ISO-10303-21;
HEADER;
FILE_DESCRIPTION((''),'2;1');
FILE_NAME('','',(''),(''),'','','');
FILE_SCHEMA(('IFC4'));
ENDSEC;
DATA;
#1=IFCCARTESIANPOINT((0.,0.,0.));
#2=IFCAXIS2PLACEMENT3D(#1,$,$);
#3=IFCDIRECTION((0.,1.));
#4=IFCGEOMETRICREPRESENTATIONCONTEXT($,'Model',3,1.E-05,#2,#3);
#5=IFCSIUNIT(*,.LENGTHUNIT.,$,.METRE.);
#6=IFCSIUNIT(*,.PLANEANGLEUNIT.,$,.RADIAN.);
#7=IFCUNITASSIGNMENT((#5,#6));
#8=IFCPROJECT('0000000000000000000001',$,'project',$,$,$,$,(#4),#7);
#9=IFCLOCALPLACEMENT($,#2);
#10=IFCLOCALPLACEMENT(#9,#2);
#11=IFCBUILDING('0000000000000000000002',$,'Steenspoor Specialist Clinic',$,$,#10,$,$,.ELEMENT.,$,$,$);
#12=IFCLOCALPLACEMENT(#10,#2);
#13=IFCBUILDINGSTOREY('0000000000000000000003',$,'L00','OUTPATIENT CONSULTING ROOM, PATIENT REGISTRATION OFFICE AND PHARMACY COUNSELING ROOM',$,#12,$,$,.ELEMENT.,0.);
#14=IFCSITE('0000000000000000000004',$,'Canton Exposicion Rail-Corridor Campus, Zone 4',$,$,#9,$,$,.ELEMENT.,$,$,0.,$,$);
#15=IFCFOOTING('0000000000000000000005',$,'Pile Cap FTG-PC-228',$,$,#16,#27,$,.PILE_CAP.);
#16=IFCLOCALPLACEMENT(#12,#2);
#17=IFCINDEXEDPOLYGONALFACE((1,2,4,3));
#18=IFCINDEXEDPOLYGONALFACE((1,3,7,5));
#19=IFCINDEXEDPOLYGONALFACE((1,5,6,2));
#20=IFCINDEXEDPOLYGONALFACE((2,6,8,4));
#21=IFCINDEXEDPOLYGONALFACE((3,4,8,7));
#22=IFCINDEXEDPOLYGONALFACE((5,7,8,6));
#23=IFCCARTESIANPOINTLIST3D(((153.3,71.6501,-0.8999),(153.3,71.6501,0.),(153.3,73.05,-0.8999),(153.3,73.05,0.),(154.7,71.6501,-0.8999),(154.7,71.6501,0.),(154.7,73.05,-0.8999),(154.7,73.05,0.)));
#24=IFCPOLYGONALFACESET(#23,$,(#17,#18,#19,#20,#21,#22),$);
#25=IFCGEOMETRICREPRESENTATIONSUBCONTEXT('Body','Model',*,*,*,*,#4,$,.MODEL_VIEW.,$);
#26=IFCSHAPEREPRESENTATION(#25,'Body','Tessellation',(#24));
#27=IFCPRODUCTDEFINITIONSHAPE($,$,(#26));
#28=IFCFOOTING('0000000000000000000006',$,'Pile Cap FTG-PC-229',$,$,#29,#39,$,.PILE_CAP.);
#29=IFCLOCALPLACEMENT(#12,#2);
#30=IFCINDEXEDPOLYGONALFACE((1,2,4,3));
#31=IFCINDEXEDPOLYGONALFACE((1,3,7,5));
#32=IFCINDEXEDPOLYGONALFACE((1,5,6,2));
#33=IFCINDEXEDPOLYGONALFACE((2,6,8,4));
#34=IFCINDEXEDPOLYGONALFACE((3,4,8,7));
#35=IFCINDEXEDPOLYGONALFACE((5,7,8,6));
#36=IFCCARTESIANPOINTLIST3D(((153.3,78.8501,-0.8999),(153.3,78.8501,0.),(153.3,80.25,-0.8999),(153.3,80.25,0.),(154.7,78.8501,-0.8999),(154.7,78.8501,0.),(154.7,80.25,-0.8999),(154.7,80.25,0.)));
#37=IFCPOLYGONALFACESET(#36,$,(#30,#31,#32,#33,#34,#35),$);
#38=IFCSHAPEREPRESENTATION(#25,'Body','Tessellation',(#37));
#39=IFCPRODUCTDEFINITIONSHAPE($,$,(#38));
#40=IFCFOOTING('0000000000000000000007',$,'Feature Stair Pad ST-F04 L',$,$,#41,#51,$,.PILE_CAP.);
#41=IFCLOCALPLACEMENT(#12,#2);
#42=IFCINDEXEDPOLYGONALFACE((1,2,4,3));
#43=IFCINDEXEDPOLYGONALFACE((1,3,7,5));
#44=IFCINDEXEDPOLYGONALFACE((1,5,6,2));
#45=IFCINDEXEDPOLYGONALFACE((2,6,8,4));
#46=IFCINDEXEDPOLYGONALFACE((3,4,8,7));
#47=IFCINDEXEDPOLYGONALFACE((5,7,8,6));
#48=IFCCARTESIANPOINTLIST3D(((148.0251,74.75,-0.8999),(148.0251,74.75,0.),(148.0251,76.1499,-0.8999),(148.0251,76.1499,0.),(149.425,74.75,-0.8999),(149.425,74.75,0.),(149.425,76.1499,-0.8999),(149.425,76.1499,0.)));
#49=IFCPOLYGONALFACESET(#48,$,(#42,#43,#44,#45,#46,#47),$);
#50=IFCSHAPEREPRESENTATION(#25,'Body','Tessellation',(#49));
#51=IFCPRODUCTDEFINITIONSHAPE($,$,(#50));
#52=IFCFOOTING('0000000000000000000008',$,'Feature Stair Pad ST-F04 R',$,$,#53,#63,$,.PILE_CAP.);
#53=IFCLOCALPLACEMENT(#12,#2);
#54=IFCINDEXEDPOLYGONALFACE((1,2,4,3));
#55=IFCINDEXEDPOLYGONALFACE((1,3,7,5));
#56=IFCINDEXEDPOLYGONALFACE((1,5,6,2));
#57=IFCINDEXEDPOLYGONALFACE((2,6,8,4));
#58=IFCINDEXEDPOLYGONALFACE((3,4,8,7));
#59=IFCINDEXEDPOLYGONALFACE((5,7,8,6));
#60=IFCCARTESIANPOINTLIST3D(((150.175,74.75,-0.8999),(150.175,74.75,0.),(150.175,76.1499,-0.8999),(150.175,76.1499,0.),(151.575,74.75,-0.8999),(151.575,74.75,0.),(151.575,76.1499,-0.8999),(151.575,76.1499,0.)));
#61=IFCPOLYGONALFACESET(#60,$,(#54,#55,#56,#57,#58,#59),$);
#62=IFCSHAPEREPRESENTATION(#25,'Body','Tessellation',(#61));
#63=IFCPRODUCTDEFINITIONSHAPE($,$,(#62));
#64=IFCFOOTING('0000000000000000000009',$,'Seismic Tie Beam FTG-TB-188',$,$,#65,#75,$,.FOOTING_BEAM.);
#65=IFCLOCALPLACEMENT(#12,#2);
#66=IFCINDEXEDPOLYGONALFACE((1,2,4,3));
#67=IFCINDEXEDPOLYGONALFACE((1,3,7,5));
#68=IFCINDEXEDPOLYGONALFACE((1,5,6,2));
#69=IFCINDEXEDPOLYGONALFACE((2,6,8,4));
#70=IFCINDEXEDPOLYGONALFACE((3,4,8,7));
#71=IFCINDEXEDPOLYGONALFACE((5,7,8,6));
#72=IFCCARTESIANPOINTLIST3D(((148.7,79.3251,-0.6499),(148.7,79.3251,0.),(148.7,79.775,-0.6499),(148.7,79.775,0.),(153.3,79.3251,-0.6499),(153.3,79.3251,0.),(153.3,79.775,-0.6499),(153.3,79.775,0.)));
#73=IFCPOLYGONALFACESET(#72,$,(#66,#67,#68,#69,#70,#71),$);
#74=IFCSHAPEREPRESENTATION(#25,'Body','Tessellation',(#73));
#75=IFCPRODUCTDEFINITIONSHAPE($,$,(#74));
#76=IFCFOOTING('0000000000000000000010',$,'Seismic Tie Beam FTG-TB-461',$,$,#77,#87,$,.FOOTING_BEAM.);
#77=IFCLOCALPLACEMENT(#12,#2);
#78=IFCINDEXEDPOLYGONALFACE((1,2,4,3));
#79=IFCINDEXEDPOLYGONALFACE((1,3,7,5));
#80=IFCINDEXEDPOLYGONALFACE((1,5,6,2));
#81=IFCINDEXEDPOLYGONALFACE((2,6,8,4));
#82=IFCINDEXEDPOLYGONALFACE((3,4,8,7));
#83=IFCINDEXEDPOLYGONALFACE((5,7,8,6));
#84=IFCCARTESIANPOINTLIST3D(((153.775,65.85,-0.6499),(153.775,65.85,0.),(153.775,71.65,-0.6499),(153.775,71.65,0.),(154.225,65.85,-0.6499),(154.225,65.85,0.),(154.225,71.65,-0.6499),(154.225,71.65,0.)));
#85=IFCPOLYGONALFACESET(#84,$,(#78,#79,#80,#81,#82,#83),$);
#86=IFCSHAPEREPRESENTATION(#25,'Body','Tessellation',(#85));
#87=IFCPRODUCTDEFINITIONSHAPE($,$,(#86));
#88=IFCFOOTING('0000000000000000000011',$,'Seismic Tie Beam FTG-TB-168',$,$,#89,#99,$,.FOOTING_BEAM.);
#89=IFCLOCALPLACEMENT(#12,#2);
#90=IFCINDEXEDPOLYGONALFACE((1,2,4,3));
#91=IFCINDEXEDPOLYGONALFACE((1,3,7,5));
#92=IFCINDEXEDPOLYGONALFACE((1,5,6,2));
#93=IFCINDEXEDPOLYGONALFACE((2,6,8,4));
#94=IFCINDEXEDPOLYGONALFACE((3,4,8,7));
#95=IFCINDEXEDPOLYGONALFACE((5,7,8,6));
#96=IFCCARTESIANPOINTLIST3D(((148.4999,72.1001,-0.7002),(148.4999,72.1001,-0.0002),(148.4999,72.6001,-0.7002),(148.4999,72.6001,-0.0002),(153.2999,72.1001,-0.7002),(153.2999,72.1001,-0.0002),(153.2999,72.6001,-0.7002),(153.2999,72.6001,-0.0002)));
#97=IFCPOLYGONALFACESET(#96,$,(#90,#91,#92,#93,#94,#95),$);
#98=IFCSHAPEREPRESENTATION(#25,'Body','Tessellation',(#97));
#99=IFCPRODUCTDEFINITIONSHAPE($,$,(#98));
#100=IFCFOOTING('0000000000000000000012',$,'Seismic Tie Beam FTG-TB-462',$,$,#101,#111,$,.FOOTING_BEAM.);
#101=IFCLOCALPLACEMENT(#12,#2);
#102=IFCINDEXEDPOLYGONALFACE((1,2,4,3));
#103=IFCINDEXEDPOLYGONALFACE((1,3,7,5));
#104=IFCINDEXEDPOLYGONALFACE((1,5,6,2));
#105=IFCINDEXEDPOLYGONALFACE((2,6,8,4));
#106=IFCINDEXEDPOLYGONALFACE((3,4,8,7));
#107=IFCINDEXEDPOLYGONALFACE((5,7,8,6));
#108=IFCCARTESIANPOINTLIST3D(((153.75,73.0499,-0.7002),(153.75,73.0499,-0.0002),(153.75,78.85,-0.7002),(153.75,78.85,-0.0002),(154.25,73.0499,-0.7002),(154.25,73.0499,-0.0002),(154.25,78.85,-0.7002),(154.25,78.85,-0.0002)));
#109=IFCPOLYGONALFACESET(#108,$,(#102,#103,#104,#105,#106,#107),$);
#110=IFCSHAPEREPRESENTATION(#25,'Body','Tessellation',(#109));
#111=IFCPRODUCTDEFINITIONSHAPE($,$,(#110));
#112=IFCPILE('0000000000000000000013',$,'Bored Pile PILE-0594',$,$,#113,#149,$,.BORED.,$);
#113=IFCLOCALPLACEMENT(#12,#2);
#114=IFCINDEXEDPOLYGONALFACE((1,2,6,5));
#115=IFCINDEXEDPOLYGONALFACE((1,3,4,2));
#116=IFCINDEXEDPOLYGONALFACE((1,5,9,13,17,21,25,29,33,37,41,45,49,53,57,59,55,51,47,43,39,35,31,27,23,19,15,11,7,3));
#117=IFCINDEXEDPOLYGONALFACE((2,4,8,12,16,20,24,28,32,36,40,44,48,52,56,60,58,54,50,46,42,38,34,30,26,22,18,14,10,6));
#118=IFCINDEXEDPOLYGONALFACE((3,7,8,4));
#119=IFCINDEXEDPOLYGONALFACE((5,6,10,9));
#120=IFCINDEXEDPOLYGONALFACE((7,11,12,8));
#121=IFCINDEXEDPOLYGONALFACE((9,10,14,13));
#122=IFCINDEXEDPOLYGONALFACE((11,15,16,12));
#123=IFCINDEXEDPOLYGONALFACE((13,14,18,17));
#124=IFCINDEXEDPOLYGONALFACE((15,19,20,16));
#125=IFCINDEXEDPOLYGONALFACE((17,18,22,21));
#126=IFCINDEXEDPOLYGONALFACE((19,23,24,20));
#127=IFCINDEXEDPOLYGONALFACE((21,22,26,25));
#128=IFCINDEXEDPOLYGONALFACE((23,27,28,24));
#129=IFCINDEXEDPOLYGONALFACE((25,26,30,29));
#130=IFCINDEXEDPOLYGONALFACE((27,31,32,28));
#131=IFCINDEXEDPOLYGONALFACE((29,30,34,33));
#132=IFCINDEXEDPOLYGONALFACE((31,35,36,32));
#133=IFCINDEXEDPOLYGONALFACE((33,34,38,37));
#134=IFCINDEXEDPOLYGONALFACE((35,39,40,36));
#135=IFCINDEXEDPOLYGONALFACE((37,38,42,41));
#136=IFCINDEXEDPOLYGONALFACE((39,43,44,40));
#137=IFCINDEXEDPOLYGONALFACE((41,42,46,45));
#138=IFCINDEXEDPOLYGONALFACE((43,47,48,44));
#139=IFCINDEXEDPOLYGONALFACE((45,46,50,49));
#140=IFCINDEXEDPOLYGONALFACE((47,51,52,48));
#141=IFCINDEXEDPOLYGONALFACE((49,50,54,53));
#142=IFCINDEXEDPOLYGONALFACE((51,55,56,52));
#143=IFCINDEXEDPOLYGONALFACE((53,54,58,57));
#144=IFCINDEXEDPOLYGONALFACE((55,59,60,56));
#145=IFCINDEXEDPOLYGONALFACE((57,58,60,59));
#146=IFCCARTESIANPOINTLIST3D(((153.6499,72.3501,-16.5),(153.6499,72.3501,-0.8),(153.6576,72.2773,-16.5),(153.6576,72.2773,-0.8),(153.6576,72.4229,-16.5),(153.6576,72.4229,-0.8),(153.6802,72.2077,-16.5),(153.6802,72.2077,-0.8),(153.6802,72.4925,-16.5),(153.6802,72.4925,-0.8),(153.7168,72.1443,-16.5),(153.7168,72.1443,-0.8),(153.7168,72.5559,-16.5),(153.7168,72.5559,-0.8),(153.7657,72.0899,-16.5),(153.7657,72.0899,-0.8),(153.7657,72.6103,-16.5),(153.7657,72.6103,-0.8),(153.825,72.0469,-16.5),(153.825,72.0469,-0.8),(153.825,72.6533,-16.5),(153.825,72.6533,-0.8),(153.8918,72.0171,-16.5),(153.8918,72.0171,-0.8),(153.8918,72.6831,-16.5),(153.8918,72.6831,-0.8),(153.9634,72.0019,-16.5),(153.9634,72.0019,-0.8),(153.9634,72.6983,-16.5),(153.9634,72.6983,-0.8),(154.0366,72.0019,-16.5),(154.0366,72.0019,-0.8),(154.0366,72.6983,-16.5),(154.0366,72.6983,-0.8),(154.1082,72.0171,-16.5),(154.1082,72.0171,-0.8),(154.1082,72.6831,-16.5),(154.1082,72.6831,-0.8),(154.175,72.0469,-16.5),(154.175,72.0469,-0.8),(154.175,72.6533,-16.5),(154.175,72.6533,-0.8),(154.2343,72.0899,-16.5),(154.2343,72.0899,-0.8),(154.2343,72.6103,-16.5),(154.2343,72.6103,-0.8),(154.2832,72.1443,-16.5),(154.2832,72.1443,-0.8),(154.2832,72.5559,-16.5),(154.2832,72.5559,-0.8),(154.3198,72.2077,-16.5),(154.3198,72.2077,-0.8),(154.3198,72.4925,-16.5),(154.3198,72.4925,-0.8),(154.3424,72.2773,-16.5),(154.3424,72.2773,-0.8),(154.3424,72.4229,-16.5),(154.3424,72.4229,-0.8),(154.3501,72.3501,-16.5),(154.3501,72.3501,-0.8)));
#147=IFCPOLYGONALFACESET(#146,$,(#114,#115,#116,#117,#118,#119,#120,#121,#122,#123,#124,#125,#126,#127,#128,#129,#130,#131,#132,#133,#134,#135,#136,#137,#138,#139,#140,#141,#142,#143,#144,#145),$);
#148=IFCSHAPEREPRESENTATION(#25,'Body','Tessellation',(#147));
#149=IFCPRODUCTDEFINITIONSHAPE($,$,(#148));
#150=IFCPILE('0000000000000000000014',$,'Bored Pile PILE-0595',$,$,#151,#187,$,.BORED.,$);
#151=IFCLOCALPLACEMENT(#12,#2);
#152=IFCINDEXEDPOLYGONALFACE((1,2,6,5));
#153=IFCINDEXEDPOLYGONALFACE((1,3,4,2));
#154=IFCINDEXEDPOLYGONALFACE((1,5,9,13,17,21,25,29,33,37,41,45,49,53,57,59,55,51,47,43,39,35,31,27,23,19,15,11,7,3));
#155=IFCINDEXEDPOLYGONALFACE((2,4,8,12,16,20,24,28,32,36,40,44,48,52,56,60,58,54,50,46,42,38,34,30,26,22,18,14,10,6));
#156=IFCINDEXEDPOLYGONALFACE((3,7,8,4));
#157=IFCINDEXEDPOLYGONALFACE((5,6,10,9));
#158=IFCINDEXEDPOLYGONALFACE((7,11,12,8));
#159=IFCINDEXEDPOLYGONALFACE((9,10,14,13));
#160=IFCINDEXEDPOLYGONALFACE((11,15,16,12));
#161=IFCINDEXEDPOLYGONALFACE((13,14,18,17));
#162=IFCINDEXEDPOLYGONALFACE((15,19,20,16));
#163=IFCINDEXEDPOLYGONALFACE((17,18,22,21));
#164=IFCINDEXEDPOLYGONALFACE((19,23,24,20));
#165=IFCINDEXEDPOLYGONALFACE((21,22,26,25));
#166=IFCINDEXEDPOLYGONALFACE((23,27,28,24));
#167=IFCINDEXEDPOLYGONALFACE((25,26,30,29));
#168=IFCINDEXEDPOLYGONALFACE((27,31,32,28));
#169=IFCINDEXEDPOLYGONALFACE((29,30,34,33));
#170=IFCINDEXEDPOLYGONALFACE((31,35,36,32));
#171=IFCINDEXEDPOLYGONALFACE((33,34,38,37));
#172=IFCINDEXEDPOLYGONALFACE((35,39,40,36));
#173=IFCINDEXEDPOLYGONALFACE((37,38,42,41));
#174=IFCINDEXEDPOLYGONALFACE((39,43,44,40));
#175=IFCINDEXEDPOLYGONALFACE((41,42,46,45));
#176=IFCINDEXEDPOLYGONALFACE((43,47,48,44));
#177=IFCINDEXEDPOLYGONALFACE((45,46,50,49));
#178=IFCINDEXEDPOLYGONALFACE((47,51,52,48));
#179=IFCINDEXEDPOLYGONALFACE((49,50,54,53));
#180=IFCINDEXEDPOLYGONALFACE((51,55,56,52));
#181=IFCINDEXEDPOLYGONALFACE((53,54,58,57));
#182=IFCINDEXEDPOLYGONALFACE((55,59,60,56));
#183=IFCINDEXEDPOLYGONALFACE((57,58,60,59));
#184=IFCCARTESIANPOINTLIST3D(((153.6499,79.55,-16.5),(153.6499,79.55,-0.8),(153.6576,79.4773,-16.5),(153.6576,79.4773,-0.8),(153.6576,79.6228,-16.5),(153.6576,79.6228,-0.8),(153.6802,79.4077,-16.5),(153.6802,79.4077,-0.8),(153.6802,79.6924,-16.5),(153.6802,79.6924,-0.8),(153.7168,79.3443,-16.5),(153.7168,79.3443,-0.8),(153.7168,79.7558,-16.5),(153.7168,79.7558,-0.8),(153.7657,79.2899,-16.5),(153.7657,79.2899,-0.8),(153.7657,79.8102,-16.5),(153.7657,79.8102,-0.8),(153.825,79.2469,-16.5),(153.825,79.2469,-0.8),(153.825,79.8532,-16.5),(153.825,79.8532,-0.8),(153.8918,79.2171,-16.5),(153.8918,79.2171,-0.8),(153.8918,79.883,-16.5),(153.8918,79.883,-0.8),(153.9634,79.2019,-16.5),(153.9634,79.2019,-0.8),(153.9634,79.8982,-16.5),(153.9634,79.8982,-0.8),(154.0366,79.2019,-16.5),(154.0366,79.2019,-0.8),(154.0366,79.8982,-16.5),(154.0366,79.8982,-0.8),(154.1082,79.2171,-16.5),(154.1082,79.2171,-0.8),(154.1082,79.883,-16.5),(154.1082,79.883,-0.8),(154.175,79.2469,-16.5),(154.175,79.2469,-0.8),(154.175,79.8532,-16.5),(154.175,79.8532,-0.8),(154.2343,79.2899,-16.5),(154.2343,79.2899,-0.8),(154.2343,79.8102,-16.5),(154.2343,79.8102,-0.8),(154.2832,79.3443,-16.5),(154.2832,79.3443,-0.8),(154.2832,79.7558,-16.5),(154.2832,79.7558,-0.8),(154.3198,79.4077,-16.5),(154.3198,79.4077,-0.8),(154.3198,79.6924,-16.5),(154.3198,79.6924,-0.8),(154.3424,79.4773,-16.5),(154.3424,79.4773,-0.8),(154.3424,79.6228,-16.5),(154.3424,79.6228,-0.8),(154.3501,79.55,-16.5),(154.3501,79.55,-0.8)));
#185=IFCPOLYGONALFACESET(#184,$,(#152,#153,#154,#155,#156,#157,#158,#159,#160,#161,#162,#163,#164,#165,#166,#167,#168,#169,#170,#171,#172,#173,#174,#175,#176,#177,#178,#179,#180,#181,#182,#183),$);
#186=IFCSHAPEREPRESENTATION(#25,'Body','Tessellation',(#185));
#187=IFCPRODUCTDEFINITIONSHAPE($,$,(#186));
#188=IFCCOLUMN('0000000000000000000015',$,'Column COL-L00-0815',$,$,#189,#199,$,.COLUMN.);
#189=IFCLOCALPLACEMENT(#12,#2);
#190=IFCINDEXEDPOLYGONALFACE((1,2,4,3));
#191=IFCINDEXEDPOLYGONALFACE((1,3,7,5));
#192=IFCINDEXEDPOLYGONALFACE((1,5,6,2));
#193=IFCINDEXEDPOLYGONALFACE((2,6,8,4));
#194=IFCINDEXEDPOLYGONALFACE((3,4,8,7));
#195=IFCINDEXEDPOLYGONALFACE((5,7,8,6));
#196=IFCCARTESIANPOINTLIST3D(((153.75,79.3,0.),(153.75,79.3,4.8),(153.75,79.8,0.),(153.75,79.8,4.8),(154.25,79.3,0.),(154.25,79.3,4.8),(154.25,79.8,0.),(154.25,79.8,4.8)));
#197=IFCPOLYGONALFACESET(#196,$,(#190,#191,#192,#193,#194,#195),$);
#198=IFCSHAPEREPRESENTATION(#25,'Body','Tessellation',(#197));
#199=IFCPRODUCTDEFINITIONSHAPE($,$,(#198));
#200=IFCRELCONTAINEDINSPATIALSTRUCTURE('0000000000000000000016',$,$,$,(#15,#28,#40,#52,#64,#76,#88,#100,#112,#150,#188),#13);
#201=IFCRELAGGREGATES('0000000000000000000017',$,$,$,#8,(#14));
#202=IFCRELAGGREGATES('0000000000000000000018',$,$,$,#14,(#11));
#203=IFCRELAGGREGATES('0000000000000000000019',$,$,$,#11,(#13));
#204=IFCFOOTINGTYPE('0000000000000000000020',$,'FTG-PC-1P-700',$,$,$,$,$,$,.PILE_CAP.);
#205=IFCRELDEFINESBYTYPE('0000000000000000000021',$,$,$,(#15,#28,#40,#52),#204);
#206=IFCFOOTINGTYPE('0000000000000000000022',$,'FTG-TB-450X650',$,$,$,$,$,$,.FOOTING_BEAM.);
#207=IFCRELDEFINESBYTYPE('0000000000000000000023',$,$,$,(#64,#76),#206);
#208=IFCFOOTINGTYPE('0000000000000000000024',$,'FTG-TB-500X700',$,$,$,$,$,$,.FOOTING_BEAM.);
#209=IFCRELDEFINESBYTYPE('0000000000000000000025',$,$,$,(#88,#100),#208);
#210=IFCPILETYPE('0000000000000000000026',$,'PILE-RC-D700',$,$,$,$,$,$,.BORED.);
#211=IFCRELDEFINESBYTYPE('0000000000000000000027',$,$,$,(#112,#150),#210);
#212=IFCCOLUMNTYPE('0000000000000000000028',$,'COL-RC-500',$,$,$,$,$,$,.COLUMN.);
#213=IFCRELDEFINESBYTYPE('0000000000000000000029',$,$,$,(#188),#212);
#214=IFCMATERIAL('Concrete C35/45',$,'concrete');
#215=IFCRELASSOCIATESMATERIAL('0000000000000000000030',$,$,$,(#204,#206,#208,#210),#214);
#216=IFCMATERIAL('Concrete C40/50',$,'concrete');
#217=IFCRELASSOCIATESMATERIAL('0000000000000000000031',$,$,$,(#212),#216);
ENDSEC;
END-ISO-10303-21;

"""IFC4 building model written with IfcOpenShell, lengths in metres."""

from ifc_helpers import new_model, si_unit, direction, frame, origin, origin_2d, place, context, subcontext, project, spatial, rectangle, circle, extrude, material, material_profile, profile_set, type_object, element, save


model = new_model("IFC4")

# Units and contexts
model_context = context("Model", 3, precision=1e-05, world=origin(), true_north=direction((0.0, 1.0)))
body_context = subcontext(model_context, "Body", "Model", "MODEL_VIEW")
ifc_project = project(units=[si_unit("LENGTHUNIT", "METRE"), si_unit("PLANEANGLEUNIT", "RADIAN")], contexts=[model_context])

# Site, building, storey
site_placement = place(None, origin())
site = spatial("IfcSite", under=ifc_project, at=site_placement, Name="Canton Exposicion Rail-Corridor Campus, Zone 4", CompositionType="ELEMENT", RefElevation=0.0)
building_placement = place(site_placement, origin())
building = spatial("IfcBuilding", under=site, at=building_placement, Name="Steenspoor Specialist Clinic", CompositionType="ELEMENT")
storey_placement = place(building_placement, origin())
storey = spatial("IfcBuildingStorey", under=building, at=storey_placement, Name="L00", Description="OUTPATIENT CONSULTING ROOM, PATIENT REGISTRATION OFFICE AND PHARMACY COUNSELING ROOM", CompositionType="ELEMENT", Elevation=0.0)

# Footings
ifc_material_1 = material(Name="Concrete C35/45", Category="concrete")
footing_type_1 = type_object("IfcFootingType", Name="FTG-PC-1P-700", PredefinedType="PILE_CAP", material=ifc_material_1)
for number, where, z_axis, x_axis, name in (
    (1, (154.0, 72.3501, -0.8999), (0.0, 0.0, 1.0), (1.0, 0.0, 0.0), "Pile Cap FTG-PC-228"),
    (2, (154.0, 79.55, -0.8999), (0.0, 0.0, 1.0), (1.0, 0.0, 0.0), "Pile Cap FTG-PC-229"),
    (3, (148.7251, 75.45, -0.8999), (0.0, 0.0, 1.0), (1.0, 0.0, 0.0), "Feature Stair Pad ST-F04 L"),
    (4, (150.875, 75.45, -0.8999), (0.0, 0.0, 1.0), (1.0, 0.0, 0.0), "Feature Stair Pad ST-F04 R"),
):
    element("IfcFooting", number, at=place(storey_placement, frame(where, z_axis=z_axis, x_axis=x_axis)), inside=storey, type_object=footing_type_1, Name=name, PredefinedType="PILE_CAP", context=body_context, shape_type="SweptSolid", body=[
        extrude(rectangle(XDim=1.3999, YDim=1.3999, at=origin_2d()), origin(), (0.0, 0.0, 1.0), 0.8999),
    ])
footing_type_2 = type_object("IfcFootingType", Name="FTG-TB-450X650", PredefinedType="FOOTING_BEAM", material=ifc_material_1)
footing_1_placement = place(storey_placement, frame((151.0, 79.55, -0.6499), z_axis=(0.0, 0.0, 1.0), x_axis=(1.0, 0.0, 0.0)))
element("IfcFooting", 5, at=footing_1_placement, inside=storey, type_object=footing_type_2, Name="Seismic Tie Beam FTG-TB-188", PredefinedType="FOOTING_BEAM", context=body_context, shape_type="SweptSolid", body=[
    extrude(rectangle(XDim=4.6001, YDim=0.45, at=origin_2d()), origin(), (0.0, 0.0, 1.0), 0.6499),
])
footing_2_placement = place(storey_placement, frame((154.0, 68.75, -0.6499), z_axis=(0.0, 0.0, 1.0), x_axis=(1.0, 0.0, 0.0)))
element("IfcFooting", 6, at=footing_2_placement, inside=storey, type_object=footing_type_2, Name="Seismic Tie Beam FTG-TB-461", PredefinedType="FOOTING_BEAM", context=body_context, shape_type="SweptSolid", body=[
    extrude(rectangle(XDim=0.45, YDim=5.8, at=origin_2d()), origin(), (0.0, 0.0, 1.0), 0.6499),
])
footing_type_3 = type_object("IfcFootingType", Name="FTG-TB-500X700", PredefinedType="FOOTING_BEAM", material=ifc_material_1)
footing_3_placement = place(storey_placement, frame((150.8999, 72.3501, -0.7002), z_axis=(0.0, 0.0, 1.0), x_axis=(1.0, 0.0, 0.0)))
element("IfcFooting", 7, at=footing_3_placement, inside=storey, type_object=footing_type_3, Name="Seismic Tie Beam FTG-TB-168", PredefinedType="FOOTING_BEAM", context=body_context, shape_type="SweptSolid", body=[
    extrude(rectangle(XDim=4.8, YDim=0.5, at=origin_2d()), origin(), (0.0, 0.0, 1.0), 0.7),
])
footing_4_placement = place(storey_placement, frame((154.0, 75.95, -0.7002), z_axis=(0.0, 0.0, 1.0), x_axis=(1.0, 0.0, 0.0)))
element("IfcFooting", 8, at=footing_4_placement, inside=storey, type_object=footing_type_3, Name="Seismic Tie Beam FTG-TB-462", PredefinedType="FOOTING_BEAM", context=body_context, shape_type="SweptSolid", body=[
    extrude(rectangle(XDim=0.5, YDim=5.8, at=origin_2d()), origin(), (0.0, 0.0, 1.0), 0.7),
])

# Piles
ifc_material_profile_1 = material_profile(ifc_material_1, circle(Radius=0.3501, at=origin_2d()), Name="PILE-D700")
ifc_profile_set_1 = profile_set([ifc_material_profile_1], Name="Concrete C35/45")
pile_type = type_object("IfcPileType", Name="PILE-RC-D700", PredefinedType="BORED", material=ifc_profile_set_1)
for number, where, z_axis, x_axis, name in (
    (9, (154.0, 72.3501, -0.8), (0.0, 0.0, -1.0), (1.0, 0.0, 0.0), "Bored Pile PILE-0594"),
    (10, (154.0, 79.55, -0.8), (0.0, 0.0, -1.0), (1.0, 0.0, 0.0), "Bored Pile PILE-0595"),
):
    element("IfcPile", number, at=place(storey_placement, frame(where, z_axis=z_axis, x_axis=x_axis)), inside=storey, type_object=pile_type, Name=name, PredefinedType="BORED", context=body_context, shape_type="SweptSolid", body=[
        extrude(circle(Radius=0.3501, at=origin_2d()), origin(), (0.0, 0.0, 1.0), 15.7),
    ])

# Column
ifc_material_2 = material(Name="Concrete C40/50", Category="concrete")
ifc_material_profile_2 = material_profile(ifc_material_2, rectangle(XDim=0.5, YDim=0.5, at=origin_2d()), Name="RC-COL-500X500")
ifc_profile_set_2 = profile_set([ifc_material_profile_2], Name="Concrete C40/50")
column_type_1 = type_object("IfcColumnType", Name="COL-RC-500", PredefinedType="COLUMN", material=ifc_profile_set_2)
column_1_placement = place(storey_placement, frame((154.0, 79.55, 0.0), z_axis=(0.0, 0.0, 1.0), x_axis=(1.0, 0.0, 0.0)))
element("IfcColumn", 11, at=column_1_placement, inside=storey, type_object=column_type_1, Name="Column COL-L00-0815", PredefinedType="COLUMN", context=body_context, shape_type="SweptSolid", body=[
    extrude(rectangle(XDim=0.5, YDim=0.5, at=origin_2d()), origin(), (0.0, 0.0, 1.0), 4.8),
])

save(model, "model.ifc")
